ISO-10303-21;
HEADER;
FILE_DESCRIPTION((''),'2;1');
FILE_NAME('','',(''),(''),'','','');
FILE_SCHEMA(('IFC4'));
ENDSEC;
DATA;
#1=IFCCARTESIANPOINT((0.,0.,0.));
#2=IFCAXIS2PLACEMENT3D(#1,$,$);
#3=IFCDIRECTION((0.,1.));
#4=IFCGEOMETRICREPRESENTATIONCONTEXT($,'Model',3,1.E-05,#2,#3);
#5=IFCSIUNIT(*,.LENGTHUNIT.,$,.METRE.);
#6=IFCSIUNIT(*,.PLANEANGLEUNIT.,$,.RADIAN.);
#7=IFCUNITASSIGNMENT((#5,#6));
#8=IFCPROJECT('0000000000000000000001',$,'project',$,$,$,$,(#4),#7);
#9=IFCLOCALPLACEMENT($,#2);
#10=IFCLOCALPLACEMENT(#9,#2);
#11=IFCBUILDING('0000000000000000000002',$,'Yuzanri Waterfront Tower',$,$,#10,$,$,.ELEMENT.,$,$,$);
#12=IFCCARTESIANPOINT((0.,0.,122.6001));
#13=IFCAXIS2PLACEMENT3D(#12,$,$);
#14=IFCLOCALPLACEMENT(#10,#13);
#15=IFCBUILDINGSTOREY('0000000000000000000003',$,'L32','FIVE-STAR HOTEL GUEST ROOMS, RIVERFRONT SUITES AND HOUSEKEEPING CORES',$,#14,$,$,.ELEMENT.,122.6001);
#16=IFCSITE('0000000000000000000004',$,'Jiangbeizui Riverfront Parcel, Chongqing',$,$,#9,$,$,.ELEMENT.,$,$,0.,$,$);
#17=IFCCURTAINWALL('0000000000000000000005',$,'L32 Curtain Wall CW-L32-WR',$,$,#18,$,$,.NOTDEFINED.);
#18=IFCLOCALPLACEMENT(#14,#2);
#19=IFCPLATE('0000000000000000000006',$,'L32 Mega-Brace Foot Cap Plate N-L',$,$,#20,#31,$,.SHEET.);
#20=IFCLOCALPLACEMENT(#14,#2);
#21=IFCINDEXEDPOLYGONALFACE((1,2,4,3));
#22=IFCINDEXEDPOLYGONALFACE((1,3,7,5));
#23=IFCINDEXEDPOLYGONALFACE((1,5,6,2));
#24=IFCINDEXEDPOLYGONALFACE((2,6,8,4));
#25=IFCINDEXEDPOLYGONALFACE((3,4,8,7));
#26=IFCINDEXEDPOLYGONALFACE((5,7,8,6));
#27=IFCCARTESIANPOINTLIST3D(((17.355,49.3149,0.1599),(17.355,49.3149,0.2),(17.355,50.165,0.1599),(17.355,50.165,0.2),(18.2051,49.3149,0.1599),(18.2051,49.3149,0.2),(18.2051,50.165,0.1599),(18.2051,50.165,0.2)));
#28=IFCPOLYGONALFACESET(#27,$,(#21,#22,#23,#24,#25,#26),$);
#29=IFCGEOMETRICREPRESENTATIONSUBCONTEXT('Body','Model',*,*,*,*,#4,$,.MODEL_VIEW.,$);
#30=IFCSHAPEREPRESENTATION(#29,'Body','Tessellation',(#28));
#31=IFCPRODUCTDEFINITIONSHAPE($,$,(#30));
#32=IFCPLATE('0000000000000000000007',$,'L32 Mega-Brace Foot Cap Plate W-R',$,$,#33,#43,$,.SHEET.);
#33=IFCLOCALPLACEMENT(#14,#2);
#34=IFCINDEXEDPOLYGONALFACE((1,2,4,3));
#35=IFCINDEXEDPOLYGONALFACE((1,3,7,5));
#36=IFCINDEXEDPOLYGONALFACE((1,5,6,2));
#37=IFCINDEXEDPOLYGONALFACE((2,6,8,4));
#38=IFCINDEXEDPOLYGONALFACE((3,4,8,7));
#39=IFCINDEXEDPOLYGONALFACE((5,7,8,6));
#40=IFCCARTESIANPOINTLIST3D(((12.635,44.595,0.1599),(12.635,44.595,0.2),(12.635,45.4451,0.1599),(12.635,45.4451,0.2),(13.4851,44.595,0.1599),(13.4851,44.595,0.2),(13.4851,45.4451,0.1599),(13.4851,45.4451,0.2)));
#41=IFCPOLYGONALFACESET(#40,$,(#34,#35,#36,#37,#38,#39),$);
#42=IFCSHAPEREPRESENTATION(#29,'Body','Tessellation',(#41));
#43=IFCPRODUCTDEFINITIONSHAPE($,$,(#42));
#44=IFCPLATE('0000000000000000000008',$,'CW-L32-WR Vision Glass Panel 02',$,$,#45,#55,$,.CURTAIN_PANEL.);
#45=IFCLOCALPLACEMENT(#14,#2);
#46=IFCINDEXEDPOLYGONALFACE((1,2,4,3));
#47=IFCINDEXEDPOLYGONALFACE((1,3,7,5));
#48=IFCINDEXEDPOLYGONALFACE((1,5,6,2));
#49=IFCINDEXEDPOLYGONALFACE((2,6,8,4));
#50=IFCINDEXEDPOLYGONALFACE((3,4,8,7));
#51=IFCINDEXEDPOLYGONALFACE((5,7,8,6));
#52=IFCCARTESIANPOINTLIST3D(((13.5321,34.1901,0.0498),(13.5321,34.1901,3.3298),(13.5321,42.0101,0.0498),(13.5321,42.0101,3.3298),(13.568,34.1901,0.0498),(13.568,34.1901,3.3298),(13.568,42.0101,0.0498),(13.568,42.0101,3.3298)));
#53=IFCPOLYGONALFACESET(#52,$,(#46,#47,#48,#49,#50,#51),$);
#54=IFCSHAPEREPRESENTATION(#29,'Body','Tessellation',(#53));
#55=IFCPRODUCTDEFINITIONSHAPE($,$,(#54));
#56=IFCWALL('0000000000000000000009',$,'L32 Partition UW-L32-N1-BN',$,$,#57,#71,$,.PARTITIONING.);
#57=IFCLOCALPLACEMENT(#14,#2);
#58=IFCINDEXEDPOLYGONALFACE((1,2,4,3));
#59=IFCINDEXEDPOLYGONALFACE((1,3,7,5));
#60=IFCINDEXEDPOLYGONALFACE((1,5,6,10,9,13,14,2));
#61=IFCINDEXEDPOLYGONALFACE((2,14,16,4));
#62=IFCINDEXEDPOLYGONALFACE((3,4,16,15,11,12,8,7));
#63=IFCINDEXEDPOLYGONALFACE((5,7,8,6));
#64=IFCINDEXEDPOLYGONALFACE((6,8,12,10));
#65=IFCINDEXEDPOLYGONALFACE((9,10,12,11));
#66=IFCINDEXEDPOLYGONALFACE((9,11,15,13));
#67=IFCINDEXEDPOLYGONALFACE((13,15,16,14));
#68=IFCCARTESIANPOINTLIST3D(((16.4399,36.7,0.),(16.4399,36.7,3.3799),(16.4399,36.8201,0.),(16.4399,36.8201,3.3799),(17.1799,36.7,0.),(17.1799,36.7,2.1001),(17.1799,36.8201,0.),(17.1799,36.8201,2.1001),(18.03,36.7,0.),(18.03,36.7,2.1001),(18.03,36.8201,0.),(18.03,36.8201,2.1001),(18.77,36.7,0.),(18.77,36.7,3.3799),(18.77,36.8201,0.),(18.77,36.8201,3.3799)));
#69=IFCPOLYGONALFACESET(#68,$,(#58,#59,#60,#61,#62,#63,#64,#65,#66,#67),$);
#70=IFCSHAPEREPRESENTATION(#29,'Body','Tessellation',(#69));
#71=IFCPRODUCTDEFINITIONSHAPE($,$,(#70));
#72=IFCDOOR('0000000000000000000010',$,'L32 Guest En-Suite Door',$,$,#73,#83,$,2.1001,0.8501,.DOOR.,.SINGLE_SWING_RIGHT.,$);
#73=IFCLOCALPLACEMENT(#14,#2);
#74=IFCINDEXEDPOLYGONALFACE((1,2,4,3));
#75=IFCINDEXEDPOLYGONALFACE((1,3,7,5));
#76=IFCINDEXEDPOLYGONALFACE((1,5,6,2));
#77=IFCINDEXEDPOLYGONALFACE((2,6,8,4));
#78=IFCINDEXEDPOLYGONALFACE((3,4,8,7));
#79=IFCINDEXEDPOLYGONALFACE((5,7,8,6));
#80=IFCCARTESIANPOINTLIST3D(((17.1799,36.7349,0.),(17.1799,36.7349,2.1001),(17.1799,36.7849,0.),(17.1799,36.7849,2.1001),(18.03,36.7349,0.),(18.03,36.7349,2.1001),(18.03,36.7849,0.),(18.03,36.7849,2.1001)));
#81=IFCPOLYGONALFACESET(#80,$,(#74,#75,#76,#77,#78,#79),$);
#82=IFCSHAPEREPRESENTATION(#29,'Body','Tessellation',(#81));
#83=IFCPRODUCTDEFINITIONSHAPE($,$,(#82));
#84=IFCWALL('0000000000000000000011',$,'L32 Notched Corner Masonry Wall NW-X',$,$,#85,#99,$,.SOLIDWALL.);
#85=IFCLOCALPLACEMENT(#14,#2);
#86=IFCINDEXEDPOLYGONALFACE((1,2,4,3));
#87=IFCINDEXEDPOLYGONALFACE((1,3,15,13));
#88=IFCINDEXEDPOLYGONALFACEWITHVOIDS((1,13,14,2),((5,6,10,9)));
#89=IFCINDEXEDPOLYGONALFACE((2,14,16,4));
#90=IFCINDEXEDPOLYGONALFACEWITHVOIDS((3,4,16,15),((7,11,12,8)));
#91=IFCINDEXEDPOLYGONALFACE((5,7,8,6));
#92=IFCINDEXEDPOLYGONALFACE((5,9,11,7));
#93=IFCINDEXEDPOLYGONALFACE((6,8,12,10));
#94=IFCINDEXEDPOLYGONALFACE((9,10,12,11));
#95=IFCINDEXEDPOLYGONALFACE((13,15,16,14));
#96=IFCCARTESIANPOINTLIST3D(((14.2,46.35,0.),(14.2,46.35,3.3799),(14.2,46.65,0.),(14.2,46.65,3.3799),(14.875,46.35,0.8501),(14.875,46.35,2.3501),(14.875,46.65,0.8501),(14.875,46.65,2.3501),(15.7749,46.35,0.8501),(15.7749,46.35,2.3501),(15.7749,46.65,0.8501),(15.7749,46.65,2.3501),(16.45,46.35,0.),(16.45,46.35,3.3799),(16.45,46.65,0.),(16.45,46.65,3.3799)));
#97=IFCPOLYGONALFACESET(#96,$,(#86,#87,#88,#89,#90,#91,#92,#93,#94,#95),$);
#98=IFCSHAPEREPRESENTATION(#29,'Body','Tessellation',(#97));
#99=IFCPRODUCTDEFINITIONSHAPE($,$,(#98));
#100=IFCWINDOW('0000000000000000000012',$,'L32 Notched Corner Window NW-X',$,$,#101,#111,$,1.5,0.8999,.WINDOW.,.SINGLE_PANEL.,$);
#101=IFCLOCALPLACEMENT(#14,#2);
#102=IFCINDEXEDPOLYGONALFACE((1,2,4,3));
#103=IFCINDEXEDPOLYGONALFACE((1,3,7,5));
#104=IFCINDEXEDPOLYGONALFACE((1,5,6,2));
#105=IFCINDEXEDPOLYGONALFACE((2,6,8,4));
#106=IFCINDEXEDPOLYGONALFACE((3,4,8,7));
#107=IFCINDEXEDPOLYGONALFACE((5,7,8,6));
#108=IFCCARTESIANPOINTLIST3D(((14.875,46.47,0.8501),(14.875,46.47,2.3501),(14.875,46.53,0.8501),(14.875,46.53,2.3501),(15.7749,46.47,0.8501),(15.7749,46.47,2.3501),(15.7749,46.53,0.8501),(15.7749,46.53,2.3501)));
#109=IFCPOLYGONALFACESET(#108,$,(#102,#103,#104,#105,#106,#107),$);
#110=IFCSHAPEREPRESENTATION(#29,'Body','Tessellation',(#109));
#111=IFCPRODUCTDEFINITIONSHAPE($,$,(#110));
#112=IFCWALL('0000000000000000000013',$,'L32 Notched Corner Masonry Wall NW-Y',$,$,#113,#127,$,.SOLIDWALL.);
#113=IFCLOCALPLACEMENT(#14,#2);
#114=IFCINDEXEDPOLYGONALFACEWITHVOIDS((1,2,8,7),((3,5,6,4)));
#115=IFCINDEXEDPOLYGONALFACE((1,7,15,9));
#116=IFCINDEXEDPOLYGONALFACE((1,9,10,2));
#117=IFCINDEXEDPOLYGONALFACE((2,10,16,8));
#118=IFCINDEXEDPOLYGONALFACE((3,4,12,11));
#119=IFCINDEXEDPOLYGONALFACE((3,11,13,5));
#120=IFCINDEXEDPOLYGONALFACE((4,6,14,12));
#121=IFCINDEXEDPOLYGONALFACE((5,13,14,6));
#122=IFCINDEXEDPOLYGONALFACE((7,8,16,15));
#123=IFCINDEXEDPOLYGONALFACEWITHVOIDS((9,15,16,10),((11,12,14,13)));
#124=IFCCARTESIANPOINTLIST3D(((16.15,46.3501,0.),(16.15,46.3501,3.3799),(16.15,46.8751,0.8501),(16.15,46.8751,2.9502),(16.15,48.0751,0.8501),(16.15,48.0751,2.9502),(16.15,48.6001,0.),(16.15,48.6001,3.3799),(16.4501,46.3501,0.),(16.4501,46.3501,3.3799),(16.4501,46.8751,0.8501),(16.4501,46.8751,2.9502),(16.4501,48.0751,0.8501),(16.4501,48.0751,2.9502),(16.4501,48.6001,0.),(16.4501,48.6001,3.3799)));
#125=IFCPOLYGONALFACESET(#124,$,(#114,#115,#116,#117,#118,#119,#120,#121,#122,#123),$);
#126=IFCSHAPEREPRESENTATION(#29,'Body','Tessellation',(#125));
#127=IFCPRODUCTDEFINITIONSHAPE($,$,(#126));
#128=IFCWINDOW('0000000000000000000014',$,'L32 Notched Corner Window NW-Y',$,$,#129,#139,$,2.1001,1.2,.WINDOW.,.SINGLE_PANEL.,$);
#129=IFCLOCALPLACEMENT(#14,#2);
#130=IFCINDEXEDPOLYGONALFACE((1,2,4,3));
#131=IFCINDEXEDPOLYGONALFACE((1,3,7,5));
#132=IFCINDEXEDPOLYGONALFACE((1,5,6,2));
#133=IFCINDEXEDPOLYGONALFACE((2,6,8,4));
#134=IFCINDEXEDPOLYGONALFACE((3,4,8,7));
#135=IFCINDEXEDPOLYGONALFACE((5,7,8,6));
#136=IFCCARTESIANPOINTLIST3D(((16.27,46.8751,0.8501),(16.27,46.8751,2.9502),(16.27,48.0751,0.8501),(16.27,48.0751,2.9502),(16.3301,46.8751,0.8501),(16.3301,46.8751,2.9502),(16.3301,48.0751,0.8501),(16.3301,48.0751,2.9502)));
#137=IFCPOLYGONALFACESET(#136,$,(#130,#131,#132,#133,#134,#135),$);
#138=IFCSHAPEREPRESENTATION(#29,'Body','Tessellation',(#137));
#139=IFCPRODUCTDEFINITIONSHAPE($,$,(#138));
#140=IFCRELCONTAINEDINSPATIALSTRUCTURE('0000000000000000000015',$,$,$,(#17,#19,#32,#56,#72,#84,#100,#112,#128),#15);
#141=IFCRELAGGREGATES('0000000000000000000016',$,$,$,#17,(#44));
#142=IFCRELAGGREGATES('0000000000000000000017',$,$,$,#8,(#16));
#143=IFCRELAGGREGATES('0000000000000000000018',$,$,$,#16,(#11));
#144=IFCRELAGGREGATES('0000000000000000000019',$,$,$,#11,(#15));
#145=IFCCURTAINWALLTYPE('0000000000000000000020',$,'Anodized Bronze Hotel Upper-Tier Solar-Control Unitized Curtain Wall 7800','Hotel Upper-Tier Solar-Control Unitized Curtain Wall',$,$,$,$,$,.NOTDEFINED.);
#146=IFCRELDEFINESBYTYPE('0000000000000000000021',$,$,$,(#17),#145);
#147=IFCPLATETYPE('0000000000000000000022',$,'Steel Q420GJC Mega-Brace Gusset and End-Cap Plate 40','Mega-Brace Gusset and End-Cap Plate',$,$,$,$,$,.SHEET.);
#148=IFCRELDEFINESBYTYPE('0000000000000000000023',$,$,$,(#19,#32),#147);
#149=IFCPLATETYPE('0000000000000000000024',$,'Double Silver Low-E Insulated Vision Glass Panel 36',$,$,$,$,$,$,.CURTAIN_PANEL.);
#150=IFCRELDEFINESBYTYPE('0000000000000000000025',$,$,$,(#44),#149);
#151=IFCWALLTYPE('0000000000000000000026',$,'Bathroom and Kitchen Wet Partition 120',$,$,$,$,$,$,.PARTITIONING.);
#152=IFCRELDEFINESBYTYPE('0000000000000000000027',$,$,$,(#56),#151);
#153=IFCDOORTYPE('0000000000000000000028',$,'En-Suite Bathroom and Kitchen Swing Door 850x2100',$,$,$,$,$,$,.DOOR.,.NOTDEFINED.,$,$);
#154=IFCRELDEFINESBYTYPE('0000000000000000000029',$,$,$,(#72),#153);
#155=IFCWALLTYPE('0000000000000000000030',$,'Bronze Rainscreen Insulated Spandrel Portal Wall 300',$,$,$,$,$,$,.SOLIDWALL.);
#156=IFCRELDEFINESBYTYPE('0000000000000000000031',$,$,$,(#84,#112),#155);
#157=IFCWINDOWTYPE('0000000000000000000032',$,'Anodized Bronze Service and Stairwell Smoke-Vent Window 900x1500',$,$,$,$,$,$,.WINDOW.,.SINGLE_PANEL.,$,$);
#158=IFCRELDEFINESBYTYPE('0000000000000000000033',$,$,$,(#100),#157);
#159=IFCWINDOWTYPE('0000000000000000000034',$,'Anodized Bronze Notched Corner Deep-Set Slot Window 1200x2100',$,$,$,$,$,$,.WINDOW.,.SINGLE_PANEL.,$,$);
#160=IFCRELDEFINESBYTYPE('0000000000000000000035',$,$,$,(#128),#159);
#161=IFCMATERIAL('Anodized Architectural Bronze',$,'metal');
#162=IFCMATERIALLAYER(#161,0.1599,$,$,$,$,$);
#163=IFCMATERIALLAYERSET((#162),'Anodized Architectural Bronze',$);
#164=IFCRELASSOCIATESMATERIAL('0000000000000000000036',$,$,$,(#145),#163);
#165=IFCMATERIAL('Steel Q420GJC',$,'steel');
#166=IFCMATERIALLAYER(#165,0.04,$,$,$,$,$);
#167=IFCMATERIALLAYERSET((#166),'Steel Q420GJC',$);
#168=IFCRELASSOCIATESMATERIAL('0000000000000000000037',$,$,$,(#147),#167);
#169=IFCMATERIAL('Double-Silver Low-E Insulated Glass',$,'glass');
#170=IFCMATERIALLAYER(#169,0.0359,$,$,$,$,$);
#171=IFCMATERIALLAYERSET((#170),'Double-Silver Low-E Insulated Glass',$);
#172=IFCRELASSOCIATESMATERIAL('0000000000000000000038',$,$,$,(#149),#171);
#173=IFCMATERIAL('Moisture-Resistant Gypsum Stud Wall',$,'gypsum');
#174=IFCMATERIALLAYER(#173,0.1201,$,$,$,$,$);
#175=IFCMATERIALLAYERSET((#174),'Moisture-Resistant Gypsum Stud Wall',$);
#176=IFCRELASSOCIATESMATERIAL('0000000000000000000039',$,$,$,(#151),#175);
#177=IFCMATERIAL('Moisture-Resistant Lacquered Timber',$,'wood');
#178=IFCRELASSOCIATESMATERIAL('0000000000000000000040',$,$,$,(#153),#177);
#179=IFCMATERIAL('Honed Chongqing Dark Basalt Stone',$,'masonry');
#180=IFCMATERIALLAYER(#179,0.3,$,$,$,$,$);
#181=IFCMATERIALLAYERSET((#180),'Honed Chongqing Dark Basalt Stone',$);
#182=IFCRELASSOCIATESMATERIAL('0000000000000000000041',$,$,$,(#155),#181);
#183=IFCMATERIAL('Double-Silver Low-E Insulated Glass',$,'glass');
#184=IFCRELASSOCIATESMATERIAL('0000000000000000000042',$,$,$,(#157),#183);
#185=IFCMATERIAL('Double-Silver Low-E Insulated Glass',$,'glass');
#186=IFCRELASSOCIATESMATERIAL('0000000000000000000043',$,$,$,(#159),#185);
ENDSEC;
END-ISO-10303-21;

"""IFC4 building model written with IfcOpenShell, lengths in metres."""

from ifc_helpers import new_model, si_unit, direction, frame, frame_2d, origin, origin_2d, place, context, subcontext, project, spatial, rectangle, extrude, source, transform, mapped, material, layer, layer_set, type_object, element, fill, aggregate, save


model = new_model("IFC4")

# Units and contexts
model_context = context("Model", 3, precision=1e-05, world=origin(), true_north=direction((0.0, 1.0)))
body_context = subcontext(model_context, "Body", "Model", "MODEL_VIEW")
ifc_project = project(units=[si_unit("LENGTHUNIT", "METRE"), si_unit("PLANEANGLEUNIT", "RADIAN")], contexts=[model_context])

# Site, building, storey
site_placement = place(None, origin())
site = spatial("IfcSite", under=ifc_project, at=site_placement, Name="Jiangbeizui Riverfront Parcel, Chongqing", CompositionType="ELEMENT", RefElevation=0.0)
building_placement = place(site_placement, origin())
building = spatial("IfcBuilding", under=site, at=building_placement, Name="Yuzanri Waterfront Tower", CompositionType="ELEMENT")
storey_placement = place(building_placement, frame((0.0, 0.0, 122.6001)))
storey = spatial("IfcBuildingStorey", under=building, at=storey_placement, Name="L32", Description="FIVE-STAR HOTEL GUEST ROOMS, RIVERFRONT SUITES AND HOUSEKEEPING CORES", CompositionType="ELEMENT", Elevation=122.6001)

# Curtain wall
ifc_material_1 = material(Name="Anodized Architectural Bronze", Category="metal")
ifc_layer_1 = layer(ifc_material_1, 0.1599)
ifc_layer_set_1 = layer_set([ifc_layer_1], Name="Anodized Architectural Bronze")
curtain_wall_type = type_object("IfcCurtainWallType", Name="Anodized Bronze Hotel Upper-Tier Solar-Control Unitized Curtain Wall 7800", Description="Hotel Upper-Tier Solar-Control Unitized Curtain Wall", PredefinedType="NOTDEFINED", material=ifc_layer_set_1)
curtain_wall_placement = place(storey_placement, origin())
curtain_wall = element("IfcCurtainWall", 1, at=curtain_wall_placement, inside=storey, type_object=curtain_wall_type, Name="L32 Curtain Wall CW-L32-WR", PredefinedType="NOTDEFINED")

# Plates
ifc_material_2 = material(Name="Steel Q420GJC", Category="steel")
ifc_layer_2 = layer(ifc_material_2, 0.04)
ifc_layer_set_2 = layer_set([ifc_layer_2], Name="Steel Q420GJC")
plate_type_1 = type_object("IfcPlateType", Name="Steel Q420GJC Mega-Brace Gusset and End-Cap Plate 40", Description="Mega-Brace Gusset and End-Cap Plate", PredefinedType="SHEET", material=ifc_layer_set_2)
shared_shape_1 = source(origin(), body_context, "Body", "SweptSolid", [
    extrude(rectangle(XDim=0.8501, YDim=0.8501, at=origin_2d()), origin(), (0.0, 0.0, 1.0), 0.04),
])
for number, where, z_axis, x_axis, name in (
    (2, (17.78, 49.74, 0.1599), (0.0, 0.0, 1.0), (1.0, 0.0, 0.0), "L32 Mega-Brace Foot Cap Plate N-L"),
    (3, (13.0601, 45.02, 0.1599), (0.0, 0.0, 1.0), (1.0, 0.0, 0.0), "L32 Mega-Brace Foot Cap Plate W-R"),
):
    element("IfcPlate", number, at=place(storey_placement, frame(where, z_axis=z_axis, x_axis=x_axis)), inside=storey, type_object=plate_type_1, Name=name, PredefinedType="SHEET", context=body_context, shape_type="MappedRepresentation", body=[
        mapped(shared_shape_1, transform((0.0, 0.0, 0.0), scale=1.0)),
    ])

# Plate
ifc_material_3 = material(Name="Double-Silver Low-E Insulated Glass", Category="glass")
ifc_layer_3 = layer(ifc_material_3, 0.0359)
ifc_layer_set_3 = layer_set([ifc_layer_3], Name="Double-Silver Low-E Insulated Glass")
plate_type_2 = type_object("IfcPlateType", Name="Double Silver Low-E Insulated Vision Glass Panel 36", PredefinedType="CURTAIN_PANEL", material=ifc_layer_set_3)
shared_shape_2 = source(origin(), body_context, "Body", "SweptSolid", [
    extrude(rectangle(XDim=7.8201, YDim=0.0359, at=origin_2d()), origin(), (0.0, 0.0, 1.0), 3.28),
])
plate_placement = place(storey_placement, frame((13.55, 38.1001, 0.0498), z_axis=(0.0, 0.0, 1.0), x_axis=(0.0, 1.0, 0.0)))
plate = element("IfcPlate", 4, at=plate_placement, type_object=plate_type_2, Name="CW-L32-WR Vision Glass Panel 02", PredefinedType="CURTAIN_PANEL", context=body_context, shape_type="MappedRepresentation", body=[
    mapped(shared_shape_2, transform((0.0, 0.0, 0.0), scale=1.0)),
])
aggregate(curtain_wall, [plate])

# Wall, opening, door
ifc_material_4 = material(Name="Moisture-Resistant Gypsum Stud Wall", Category="gypsum")
ifc_layer_4 = layer(ifc_material_4, 0.1201)
ifc_layer_set_4 = layer_set([ifc_layer_4], Name="Moisture-Resistant Gypsum Stud Wall")
wall_type_1 = type_object("IfcWallType", Name="Bathroom and Kitchen Wet Partition 120", PredefinedType="PARTITIONING", material=ifc_layer_set_4)
wall_1_placement = place(storey_placement, frame((16.4399, 36.76, 0.0), z_axis=(0.0, 0.0, 1.0), x_axis=(1.0, 0.0, 0.0)))
wall_1 = element("IfcWall", 5, at=wall_1_placement, inside=storey, type_object=wall_type_1, Name="L32 Partition UW-L32-N1-BN", PredefinedType="PARTITIONING", context=body_context, shape_type="SweptSolid", body=[
    extrude(rectangle(XDim=2.3301, YDim=0.1201, at=frame_2d((1.165, 0.0))), origin(), (0.0, 0.0, 1.0), 3.3799),
])
opening_1_placement = place(wall_1_placement, frame((0.74, 0.0, 0.0)))
opening_1 = element("IfcOpeningElement", 6, at=opening_1_placement, cuts=wall_1, PredefinedType="OPENING", context=body_context, shape_type="SweptSolid", body=[
    extrude(rectangle(XDim=0.8501, YDim=2.1001, at=frame_2d((0.425, 1.05))), frame((0.0, 0.075, 0.0), z_axis=(0.0, -1.0, 0.0), x_axis=(1.0, 0.0, 0.0)), (0.0, 0.0, 1.0), 0.1499),
])
ifc_material_5 = material(Name="Moisture-Resistant Lacquered Timber", Category="wood")
door_type_1 = type_object("IfcDoorType", Name="En-Suite Bathroom and Kitchen Swing Door 850x2100", OperationType="NOTDEFINED", PredefinedType="DOOR", material=ifc_material_5)
shared_shape_3 = source(origin(), body_context, "Body", "SweptSolid", [
    extrude(rectangle(XDim=0.8501, YDim=2.1001, at=frame_2d((0.425, 1.05))), frame((0.0, 0.0249, 0.0), z_axis=(0.0, -1.0, 0.0), x_axis=(1.0, 0.0, 0.0)), (0.0, 0.0, 1.0), 0.05),
])
door_1_placement = place(opening_1_placement, origin())
door_1 = element("IfcDoor", 7, at=door_1_placement, inside=storey, type_object=door_type_1, Name="L32 Guest En-Suite Door", OperationType="SINGLE_SWING_RIGHT", OverallHeight=2.1001, OverallWidth=0.8501, PredefinedType="DOOR", context=body_context, shape_type="MappedRepresentation", body=[
    mapped(shared_shape_3, transform((0.0, 0.0, 0.0), scale=1.0)),
])
fill(opening_1, door_1)

# Walls, openings, windows
ifc_material_6 = material(Name="Honed Chongqing Dark Basalt Stone", Category="masonry")
ifc_layer_5 = layer(ifc_material_6, 0.3)
ifc_layer_set_5 = layer_set([ifc_layer_5], Name="Honed Chongqing Dark Basalt Stone")
wall_type_2 = type_object("IfcWallType", Name="Bronze Rainscreen Insulated Spandrel Portal Wall 300", PredefinedType="SOLIDWALL", material=ifc_layer_set_5)
wall_2_placement = place(storey_placement, frame((16.45, 46.5, 0.0), z_axis=(0.0, 0.0, 1.0), x_axis=(-1.0, 0.0, 0.0)))
wall_2 = element("IfcWall", 8, at=wall_2_placement, inside=storey, type_object=wall_type_2, Name="L32 Notched Corner Masonry Wall NW-X", PredefinedType="SOLIDWALL", context=body_context, shape_type="SweptSolid", body=[
    extrude(rectangle(XDim=2.25, YDim=0.3, at=frame_2d((1.125, 0.0))), origin(), (0.0, 0.0, 1.0), 3.3799),
])
opening_2_placement = place(wall_2_placement, frame((0.675, 0.0, 0.8501)))
opening_2 = element("IfcOpeningElement", 9, at=opening_2_placement, cuts=wall_2, PredefinedType="OPENING", context=body_context, shape_type="SweptSolid", body=[
    extrude(rectangle(XDim=0.8999, YDim=1.5, at=frame_2d((0.45, 0.75))), frame((0.0, 0.165, 0.0), z_axis=(0.0, -1.0, 0.0), x_axis=(1.0, 0.0, 0.0)), (0.0, 0.0, 1.0), 0.3298),
])
ifc_material_7 = material(Name="Double-Silver Low-E Insulated Glass", Category="glass")
window_type_1 = type_object("IfcWindowType", Name="Anodized Bronze Service and Stairwell Smoke-Vent Window 900x1500", PartitioningType="SINGLE_PANEL", PredefinedType="WINDOW", material=ifc_material_7)
shared_shape_4 = source(origin(), body_context, "Body", "SweptSolid", [
    extrude(rectangle(XDim=0.8999, YDim=1.5, at=frame_2d((0.45, 0.75))), frame((0.0, 0.03, 0.0), z_axis=(0.0, -1.0, 0.0), x_axis=(1.0, 0.0, 0.0)), (0.0, 0.0, 1.0), 0.0601),
])
window_1_placement = place(opening_2_placement, origin())
window_1 = element("IfcWindow", 10, at=window_1_placement, inside=storey, type_object=window_type_1, Name="L32 Notched Corner Window NW-X", OverallHeight=1.5, OverallWidth=0.8999, PartitioningType="SINGLE_PANEL", PredefinedType="WINDOW", context=body_context, shape_type="MappedRepresentation", body=[
    mapped(shared_shape_4, transform((0.0, 0.0, 0.0), scale=1.0)),
])
fill(opening_2, window_1)
wall_3_placement = place(storey_placement, frame((16.3, 48.6001, 0.0), z_axis=(0.0, 0.0, 1.0), x_axis=(0.0, -1.0, 0.0)))
wall_3 = element("IfcWall", 11, at=wall_3_placement, inside=storey, type_object=wall_type_2, Name="L32 Notched Corner Masonry Wall NW-Y", PredefinedType="SOLIDWALL", context=body_context, shape_type="SweptSolid", body=[
    extrude(rectangle(XDim=2.25, YDim=0.3, at=frame_2d((1.125, 0.0))), origin(), (0.0, 0.0, 1.0), 3.3799),
])
opening_3_placement = place(wall_3_placement, frame((0.5249, 0.0, 0.8501)))
opening_3 = element("IfcOpeningElement", 12, at=opening_3_placement, cuts=wall_3, PredefinedType="OPENING", context=body_context, shape_type="SweptSolid", body=[
    extrude(rectangle(XDim=1.2, YDim=2.1001, at=frame_2d((0.6001, 1.05))), frame((0.0, 0.165, 0.0), z_axis=(0.0, -1.0, 0.0), x_axis=(1.0, 0.0, 0.0)), (0.0, 0.0, 1.0), 0.3298),
])
ifc_material_8 = material(Name="Double-Silver Low-E Insulated Glass", Category="glass")
window_type_2 = type_object("IfcWindowType", Name="Anodized Bronze Notched Corner Deep-Set Slot Window 1200x2100", PartitioningType="SINGLE_PANEL", PredefinedType="WINDOW", material=ifc_material_8)
shared_shape_5 = source(origin(), body_context, "Body", "SweptSolid", [
    extrude(rectangle(XDim=1.2, YDim=2.1001, at=frame_2d((0.6001, 1.05))), frame((0.0, 0.03, 0.0), z_axis=(0.0, -1.0, 0.0), x_axis=(1.0, 0.0, 0.0)), (0.0, 0.0, 1.0), 0.0601),
])
window_2_placement = place(opening_3_placement, origin())
window_2 = element("IfcWindow", 13, at=window_2_placement, inside=storey, type_object=window_type_2, Name="L32 Notched Corner Window NW-Y", OverallHeight=2.1001, OverallWidth=1.2, PartitioningType="SINGLE_PANEL", PredefinedType="WINDOW", context=body_context, shape_type="MappedRepresentation", body=[
    mapped(shared_shape_5, transform((0.0, 0.0, 0.0), scale=1.0)),
])
fill(opening_3, window_2)

save(model, "model.ifc")
